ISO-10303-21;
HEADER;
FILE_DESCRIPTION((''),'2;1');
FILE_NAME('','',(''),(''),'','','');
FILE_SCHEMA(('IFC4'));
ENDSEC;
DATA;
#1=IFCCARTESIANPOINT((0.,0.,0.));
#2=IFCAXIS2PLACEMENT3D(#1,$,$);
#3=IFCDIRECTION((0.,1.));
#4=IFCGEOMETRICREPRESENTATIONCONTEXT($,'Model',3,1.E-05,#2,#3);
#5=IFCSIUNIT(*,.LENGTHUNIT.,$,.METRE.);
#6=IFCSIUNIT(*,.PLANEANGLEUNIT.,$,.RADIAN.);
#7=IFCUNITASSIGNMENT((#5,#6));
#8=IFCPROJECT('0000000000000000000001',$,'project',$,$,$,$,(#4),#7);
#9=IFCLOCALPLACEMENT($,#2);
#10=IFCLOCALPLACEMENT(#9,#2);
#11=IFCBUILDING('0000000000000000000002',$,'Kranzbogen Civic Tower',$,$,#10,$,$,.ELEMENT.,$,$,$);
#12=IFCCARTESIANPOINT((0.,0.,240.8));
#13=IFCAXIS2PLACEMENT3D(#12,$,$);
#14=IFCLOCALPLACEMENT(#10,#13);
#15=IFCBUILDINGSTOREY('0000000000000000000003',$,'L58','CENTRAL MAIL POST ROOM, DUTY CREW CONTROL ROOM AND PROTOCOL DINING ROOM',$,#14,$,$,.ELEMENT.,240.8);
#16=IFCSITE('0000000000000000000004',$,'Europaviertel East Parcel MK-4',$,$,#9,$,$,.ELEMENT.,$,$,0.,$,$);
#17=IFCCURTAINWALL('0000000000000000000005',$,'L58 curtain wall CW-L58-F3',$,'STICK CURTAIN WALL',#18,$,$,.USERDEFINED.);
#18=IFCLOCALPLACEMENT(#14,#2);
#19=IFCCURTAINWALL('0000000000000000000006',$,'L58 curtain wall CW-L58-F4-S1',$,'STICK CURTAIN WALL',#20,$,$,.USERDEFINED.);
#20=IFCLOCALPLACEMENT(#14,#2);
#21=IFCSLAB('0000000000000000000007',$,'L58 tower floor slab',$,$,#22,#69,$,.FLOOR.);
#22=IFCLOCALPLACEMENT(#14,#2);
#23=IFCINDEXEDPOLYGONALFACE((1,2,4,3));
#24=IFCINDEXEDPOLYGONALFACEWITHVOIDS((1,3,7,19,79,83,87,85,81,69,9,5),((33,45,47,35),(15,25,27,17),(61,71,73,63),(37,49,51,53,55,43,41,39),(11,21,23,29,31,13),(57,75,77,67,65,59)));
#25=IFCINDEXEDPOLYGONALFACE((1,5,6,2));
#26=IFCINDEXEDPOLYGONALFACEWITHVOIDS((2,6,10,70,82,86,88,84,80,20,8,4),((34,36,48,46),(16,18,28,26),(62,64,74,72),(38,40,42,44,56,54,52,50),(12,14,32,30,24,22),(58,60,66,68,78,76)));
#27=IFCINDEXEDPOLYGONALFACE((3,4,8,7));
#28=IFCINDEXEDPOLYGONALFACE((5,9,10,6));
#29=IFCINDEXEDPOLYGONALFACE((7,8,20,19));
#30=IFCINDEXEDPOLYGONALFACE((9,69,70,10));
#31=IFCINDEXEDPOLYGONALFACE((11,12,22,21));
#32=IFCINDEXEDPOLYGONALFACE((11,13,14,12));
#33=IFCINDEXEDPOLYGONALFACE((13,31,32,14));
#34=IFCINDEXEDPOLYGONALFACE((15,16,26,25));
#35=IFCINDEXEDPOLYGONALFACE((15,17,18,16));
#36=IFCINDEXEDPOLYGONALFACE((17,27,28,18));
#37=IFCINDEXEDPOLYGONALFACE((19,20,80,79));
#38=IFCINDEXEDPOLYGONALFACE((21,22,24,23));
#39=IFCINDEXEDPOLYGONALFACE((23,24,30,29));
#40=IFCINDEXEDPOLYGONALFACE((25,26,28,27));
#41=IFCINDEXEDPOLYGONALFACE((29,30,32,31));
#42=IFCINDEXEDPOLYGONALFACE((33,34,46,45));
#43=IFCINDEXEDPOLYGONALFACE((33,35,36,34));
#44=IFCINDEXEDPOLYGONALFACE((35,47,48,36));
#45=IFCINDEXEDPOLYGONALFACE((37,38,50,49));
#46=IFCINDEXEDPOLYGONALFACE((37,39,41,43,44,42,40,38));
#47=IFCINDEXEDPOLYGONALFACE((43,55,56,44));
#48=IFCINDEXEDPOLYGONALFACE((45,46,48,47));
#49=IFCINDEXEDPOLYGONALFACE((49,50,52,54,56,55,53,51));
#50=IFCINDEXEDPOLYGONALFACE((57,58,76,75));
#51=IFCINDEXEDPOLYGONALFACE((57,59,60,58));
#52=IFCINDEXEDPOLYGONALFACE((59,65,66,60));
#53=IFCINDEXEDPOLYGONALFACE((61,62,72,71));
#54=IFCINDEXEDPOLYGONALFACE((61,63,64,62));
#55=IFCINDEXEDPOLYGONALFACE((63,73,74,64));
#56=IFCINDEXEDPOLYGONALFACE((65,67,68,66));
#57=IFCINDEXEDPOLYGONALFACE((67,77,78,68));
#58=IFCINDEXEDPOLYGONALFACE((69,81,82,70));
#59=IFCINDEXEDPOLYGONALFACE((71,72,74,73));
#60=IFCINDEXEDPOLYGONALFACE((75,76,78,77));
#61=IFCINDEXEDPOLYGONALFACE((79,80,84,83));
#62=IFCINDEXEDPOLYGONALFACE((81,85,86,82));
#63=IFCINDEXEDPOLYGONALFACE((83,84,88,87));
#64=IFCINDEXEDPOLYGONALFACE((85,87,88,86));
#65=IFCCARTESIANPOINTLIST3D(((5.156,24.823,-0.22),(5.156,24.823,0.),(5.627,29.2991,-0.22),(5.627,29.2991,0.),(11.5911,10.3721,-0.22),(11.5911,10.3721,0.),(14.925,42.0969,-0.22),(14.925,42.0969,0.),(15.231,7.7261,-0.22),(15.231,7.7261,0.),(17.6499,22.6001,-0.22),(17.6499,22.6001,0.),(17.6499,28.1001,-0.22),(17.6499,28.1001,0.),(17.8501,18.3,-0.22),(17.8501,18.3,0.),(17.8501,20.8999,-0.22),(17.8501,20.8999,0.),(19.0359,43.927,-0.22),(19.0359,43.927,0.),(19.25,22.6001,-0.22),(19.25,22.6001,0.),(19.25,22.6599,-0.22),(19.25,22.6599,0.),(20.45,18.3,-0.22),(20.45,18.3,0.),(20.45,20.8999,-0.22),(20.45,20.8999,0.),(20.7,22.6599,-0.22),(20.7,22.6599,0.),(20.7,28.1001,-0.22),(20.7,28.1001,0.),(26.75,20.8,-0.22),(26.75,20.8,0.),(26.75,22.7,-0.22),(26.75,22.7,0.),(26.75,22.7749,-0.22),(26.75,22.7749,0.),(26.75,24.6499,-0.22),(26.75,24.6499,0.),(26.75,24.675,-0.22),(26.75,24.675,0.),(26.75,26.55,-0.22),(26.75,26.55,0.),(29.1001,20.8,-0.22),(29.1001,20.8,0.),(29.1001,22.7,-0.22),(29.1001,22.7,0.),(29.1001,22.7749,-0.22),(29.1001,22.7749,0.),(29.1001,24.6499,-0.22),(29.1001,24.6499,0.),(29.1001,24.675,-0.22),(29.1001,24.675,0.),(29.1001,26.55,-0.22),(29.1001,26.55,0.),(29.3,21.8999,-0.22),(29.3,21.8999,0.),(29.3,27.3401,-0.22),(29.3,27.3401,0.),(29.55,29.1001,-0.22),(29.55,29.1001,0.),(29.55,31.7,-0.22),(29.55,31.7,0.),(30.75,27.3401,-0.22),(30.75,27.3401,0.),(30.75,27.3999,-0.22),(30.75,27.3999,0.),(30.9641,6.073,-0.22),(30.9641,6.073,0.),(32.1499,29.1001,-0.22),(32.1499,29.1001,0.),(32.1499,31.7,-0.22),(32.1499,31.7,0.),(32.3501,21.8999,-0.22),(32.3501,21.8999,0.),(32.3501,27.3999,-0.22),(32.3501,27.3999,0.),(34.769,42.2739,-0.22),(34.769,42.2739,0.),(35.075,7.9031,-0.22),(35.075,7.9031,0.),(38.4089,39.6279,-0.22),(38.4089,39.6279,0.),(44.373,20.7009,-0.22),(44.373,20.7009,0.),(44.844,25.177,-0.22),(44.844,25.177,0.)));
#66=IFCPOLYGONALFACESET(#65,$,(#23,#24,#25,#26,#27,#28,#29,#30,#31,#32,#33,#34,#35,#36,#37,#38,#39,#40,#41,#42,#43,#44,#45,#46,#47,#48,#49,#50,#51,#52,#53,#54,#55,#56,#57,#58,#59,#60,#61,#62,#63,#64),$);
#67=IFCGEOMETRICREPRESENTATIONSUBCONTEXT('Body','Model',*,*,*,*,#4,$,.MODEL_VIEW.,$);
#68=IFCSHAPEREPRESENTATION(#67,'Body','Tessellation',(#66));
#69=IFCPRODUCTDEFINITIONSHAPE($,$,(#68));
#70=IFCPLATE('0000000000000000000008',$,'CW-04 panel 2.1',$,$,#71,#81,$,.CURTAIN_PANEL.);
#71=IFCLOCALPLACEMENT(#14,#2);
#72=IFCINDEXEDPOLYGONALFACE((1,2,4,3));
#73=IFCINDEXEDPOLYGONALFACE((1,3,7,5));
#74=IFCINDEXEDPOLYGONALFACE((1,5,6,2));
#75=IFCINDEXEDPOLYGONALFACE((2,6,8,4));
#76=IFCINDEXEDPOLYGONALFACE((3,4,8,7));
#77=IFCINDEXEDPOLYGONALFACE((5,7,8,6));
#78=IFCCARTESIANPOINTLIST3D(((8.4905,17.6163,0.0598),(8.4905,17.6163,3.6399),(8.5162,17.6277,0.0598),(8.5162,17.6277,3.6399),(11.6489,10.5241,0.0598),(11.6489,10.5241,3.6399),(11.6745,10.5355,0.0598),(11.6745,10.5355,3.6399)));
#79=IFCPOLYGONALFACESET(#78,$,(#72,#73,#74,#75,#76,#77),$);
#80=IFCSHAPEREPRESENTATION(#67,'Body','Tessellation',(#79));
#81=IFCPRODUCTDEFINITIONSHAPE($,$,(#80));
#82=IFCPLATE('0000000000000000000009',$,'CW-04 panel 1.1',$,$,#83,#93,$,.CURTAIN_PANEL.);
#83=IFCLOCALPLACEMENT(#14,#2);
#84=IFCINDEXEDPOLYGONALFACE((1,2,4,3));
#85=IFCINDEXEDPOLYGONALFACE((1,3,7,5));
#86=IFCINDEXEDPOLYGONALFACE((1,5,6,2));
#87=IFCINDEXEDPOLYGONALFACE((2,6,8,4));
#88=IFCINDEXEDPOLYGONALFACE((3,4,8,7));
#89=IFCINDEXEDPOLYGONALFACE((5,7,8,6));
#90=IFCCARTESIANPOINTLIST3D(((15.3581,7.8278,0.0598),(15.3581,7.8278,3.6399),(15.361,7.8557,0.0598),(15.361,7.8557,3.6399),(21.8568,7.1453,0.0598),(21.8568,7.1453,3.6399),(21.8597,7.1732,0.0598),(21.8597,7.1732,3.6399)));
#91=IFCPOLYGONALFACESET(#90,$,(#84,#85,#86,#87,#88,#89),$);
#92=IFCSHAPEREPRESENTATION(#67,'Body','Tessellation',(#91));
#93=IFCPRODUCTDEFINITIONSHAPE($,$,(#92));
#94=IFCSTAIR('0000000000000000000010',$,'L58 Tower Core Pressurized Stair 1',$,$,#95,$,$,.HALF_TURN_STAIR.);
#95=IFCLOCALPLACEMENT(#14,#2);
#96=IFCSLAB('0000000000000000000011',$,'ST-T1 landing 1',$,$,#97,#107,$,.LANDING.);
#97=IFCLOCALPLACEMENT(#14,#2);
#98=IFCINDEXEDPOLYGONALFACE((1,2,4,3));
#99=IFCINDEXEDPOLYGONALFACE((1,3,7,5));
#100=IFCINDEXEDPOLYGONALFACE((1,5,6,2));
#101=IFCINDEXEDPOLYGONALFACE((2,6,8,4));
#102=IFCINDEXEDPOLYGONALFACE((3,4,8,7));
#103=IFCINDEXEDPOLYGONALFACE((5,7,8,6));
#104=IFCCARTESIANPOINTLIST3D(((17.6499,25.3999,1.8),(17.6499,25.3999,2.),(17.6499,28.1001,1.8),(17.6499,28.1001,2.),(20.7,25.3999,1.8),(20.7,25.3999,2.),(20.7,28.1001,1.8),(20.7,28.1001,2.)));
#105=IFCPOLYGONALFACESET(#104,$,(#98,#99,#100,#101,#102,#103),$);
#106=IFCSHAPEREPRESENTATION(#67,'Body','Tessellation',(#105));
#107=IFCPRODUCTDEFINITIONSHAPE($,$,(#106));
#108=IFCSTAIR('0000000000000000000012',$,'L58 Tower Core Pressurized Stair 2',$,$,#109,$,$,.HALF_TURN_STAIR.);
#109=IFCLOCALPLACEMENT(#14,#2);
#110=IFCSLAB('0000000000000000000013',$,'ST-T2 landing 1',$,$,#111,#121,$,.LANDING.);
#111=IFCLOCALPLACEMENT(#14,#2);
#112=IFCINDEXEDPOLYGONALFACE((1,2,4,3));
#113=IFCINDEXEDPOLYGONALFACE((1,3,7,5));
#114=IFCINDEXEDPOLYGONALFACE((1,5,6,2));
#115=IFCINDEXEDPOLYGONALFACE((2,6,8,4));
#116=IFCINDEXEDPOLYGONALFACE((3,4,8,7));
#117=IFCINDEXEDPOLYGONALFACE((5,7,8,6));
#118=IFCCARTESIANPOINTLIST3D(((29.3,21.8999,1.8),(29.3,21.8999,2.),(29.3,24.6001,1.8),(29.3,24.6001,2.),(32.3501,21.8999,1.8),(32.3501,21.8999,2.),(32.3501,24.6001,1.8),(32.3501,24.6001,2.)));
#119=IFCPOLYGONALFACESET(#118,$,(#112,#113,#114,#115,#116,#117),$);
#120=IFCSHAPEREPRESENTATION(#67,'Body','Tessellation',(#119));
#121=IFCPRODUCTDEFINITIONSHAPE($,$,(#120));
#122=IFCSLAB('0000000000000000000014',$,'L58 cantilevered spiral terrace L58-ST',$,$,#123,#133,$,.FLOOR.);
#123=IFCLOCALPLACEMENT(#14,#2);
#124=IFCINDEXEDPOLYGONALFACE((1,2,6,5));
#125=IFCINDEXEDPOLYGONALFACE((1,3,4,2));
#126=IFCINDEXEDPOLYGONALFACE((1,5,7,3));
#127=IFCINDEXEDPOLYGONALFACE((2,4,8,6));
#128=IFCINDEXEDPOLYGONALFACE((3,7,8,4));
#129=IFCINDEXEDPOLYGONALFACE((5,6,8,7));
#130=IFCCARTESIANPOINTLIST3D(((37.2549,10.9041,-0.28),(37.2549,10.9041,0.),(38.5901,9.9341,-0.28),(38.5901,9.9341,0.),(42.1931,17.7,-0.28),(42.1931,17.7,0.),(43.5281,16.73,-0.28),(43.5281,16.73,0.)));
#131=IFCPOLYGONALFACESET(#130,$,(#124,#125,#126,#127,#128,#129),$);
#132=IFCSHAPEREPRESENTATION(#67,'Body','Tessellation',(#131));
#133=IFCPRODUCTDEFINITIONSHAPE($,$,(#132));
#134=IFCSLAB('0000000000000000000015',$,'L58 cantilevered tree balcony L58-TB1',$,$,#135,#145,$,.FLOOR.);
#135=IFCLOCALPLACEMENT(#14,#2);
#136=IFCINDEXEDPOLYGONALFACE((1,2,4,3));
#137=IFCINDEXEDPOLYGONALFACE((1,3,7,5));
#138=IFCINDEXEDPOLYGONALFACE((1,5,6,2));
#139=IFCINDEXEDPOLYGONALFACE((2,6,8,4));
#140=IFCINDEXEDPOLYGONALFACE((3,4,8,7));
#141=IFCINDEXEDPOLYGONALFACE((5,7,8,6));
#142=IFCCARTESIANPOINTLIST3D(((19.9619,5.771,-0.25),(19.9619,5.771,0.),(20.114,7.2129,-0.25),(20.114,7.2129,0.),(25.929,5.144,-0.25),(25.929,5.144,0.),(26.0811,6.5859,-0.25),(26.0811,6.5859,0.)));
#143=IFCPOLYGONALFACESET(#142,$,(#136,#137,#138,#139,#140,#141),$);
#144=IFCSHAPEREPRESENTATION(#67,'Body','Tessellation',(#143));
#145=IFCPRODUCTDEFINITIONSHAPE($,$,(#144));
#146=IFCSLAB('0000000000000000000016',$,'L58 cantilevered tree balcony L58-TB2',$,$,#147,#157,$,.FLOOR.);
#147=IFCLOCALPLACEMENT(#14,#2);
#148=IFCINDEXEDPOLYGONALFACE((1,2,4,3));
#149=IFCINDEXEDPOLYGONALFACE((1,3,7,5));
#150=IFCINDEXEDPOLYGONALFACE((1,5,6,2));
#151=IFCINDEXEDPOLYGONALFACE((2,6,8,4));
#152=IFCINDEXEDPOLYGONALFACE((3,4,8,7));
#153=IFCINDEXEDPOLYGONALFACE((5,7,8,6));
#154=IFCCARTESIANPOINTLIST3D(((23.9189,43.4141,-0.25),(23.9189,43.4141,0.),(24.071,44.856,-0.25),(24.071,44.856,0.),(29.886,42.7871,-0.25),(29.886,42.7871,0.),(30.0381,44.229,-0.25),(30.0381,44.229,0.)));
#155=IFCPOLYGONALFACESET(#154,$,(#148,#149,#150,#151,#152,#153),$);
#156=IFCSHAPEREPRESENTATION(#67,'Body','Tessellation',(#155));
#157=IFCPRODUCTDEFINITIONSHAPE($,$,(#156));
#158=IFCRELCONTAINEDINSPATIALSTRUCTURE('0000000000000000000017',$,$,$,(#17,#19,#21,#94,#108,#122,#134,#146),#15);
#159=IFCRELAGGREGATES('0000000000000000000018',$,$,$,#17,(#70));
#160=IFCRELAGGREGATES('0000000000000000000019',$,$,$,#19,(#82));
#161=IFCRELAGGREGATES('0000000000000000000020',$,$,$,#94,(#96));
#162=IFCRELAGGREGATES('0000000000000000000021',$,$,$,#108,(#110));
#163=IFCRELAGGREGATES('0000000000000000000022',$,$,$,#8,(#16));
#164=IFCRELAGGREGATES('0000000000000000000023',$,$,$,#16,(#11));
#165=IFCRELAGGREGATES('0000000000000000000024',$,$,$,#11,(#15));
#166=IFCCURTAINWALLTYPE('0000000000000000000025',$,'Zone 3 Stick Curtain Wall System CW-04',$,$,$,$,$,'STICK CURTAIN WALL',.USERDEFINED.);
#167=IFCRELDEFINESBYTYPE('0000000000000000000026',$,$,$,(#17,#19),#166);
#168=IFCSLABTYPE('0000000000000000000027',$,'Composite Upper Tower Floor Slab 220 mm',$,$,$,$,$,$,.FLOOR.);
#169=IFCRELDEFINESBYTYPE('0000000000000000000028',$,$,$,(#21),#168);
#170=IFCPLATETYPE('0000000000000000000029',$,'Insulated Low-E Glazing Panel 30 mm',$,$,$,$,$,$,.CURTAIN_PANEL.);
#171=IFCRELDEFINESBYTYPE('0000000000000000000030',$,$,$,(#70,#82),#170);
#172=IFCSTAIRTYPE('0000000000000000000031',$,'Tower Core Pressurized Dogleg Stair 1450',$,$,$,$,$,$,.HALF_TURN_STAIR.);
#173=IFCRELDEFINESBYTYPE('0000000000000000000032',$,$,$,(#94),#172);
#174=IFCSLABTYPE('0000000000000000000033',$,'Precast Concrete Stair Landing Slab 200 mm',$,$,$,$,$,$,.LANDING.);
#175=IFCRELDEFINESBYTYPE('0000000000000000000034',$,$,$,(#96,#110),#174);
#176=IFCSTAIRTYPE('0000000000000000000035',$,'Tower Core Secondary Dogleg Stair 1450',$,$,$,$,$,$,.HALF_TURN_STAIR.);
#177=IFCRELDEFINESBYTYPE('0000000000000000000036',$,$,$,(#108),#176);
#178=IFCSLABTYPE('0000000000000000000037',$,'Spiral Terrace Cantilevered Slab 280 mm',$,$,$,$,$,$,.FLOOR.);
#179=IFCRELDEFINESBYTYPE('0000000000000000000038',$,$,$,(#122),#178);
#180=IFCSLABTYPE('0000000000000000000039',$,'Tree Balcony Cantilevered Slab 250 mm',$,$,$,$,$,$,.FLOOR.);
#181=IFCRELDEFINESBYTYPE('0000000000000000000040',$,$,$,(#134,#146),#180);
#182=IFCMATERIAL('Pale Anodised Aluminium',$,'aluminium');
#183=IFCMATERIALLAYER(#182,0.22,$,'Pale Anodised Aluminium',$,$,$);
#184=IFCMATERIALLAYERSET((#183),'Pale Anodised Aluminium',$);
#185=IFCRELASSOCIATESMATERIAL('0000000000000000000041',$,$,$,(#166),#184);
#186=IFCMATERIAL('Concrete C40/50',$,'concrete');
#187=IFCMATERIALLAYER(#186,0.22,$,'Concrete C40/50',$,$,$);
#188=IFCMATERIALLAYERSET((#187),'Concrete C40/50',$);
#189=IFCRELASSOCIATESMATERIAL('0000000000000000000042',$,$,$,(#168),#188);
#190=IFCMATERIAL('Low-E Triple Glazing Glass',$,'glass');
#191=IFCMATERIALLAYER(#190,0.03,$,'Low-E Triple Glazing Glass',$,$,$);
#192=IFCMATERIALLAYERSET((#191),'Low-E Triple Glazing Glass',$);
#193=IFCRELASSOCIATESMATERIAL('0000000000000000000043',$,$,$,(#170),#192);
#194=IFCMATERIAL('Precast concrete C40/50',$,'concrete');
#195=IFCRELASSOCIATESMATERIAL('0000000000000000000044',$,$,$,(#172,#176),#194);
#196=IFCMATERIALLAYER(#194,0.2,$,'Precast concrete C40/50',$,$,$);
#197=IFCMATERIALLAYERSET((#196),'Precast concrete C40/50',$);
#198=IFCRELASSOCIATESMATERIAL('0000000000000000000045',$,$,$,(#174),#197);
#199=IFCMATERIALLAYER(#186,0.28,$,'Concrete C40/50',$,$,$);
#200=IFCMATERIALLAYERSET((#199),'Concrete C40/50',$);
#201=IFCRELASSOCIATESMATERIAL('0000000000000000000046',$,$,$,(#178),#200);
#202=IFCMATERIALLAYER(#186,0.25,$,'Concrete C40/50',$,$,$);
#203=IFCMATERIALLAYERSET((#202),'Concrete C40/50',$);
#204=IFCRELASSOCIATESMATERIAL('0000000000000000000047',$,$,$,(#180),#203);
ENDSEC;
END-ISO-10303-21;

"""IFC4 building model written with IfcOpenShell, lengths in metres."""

from ifc_helpers import new_model, si_unit, direction, frame, origin, origin_2d, place, context, subcontext, project, spatial, polyline, rectangle, outline, extrude, material, layer, layer_set, type_object, element, aggregate, save


model = new_model("IFC4")

# Units and contexts
model_context = context("Model", 3, precision=1e-05, world=origin(), true_north=direction((0.0, 1.0)))
body_context = subcontext(model_context, "Body", "Model", "MODEL_VIEW")
ifc_project = project(units=[si_unit("LENGTHUNIT", "METRE"), si_unit("PLANEANGLEUNIT", "RADIAN")], contexts=[model_context])

# Site, building, storey
site_placement = place(None, origin())
site = spatial("IfcSite", under=ifc_project, at=site_placement, Name="Europaviertel East Parcel MK-4", CompositionType="ELEMENT", RefElevation=0.0)
building_placement = place(site_placement, origin())
building = spatial("IfcBuilding", under=site, at=building_placement, Name="Kranzbogen Civic Tower", CompositionType="ELEMENT")
storey_placement = place(building_placement, frame((0.0, 0.0, 240.8)))
storey = spatial("IfcBuildingStorey", under=building, at=storey_placement, Name="L58", Description="CENTRAL MAIL POST ROOM, DUTY CREW CONTROL ROOM AND PROTOCOL DINING ROOM", CompositionType="ELEMENT", Elevation=240.8)

# Curtain wall
ifc_material_1 = material(Name="Pale Anodised Aluminium", Category="aluminium")
ifc_layer_1 = layer(ifc_material_1, 0.22, Name="Pale Anodised Aluminium")
ifc_layer_set_1 = layer_set([ifc_layer_1], Name="Pale Anodised Aluminium")
curtain_wall_type = type_object("IfcCurtainWallType", Name="Zone 3 Stick Curtain Wall System CW-04", ElementType="STICK CURTAIN WALL", PredefinedType="USERDEFINED", material=ifc_layer_set_1)
curtain_wall_1_placement = place(storey_placement, origin())
curtain_wall_1 = element("IfcCurtainWall", 1, at=curtain_wall_1_placement, inside=storey, type_object=curtain_wall_type, Name="L58 curtain wall CW-L58-F3", ObjectType="STICK CURTAIN WALL", PredefinedType="USERDEFINED")

# Curtain wall
curtain_wall_2_placement = place(storey_placement, origin())
curtain_wall_2 = element("IfcCurtainWall", 2, at=curtain_wall_2_placement, inside=storey, type_object=curtain_wall_type, Name="L58 curtain wall CW-L58-F4-S1", ObjectType="STICK CURTAIN WALL", PredefinedType="USERDEFINED")

# Slab
ifc_material_2 = material(Name="Concrete C40/50", Category="concrete")
ifc_layer_2 = layer(ifc_material_2, 0.22, Name="Concrete C40/50")
ifc_layer_set_2 = layer_set([ifc_layer_2], Name="Concrete C40/50")
slab_type_1 = type_object("IfcSlabType", Name="Composite Upper Tower Floor Slab 220 mm", PredefinedType="FLOOR", material=ifc_layer_set_2)
slab_1_placement = place(storey_placement, frame((0.0, 0.0, -0.22)))
element("IfcSlab", 3, at=slab_1_placement, inside=storey, type_object=slab_type_1, Name="L58 tower floor slab", PredefinedType="FLOOR", context=body_context, shape_type="SweptSolid", body=[
    extrude(outline(polyline([(34.769, 42.2739), (19.0359, 43.927), (14.925, 42.0969), (5.627, 29.2991), (5.156, 24.823), (11.5911, 10.3721), (15.231, 7.7261), (30.9641, 6.073), (35.075, 7.9031), (44.373, 20.7009), (44.844, 25.177), (38.4089, 39.6279), (34.769, 42.2739)]), holes=[polyline([(17.8501, 20.8999), (20.45, 20.8999), (20.45, 18.3), (17.8501, 18.3), (17.8501, 20.8999)]), polyline([(29.1001, 22.7), (29.1001, 20.8), (26.75, 20.8), (26.75, 22.7), (29.1001, 22.7)]), polyline([(29.1001, 24.6499), (29.1001, 22.7749), (26.75, 22.7749), (26.75, 24.6499), (26.75, 24.675), (26.75, 26.55), (29.1001, 26.55), (29.1001, 24.675), (29.1001, 24.6499)]), polyline([(29.3, 27.3401), (30.75, 27.3401), (30.75, 27.3999), (32.3501, 27.3999), (32.3501, 21.8999), (29.3, 21.8999), (29.3, 27.3401)]), polyline([(20.7, 22.6599), (19.25, 22.6599), (19.25, 22.6001), (17.6499, 22.6001), (17.6499, 28.1001), (20.7, 28.1001), (20.7, 22.6599)]), polyline([(32.1499, 31.7), (32.1499, 29.1001), (29.55, 29.1001), (29.55, 31.7), (32.1499, 31.7)])]), origin(), (0.0, 0.0, 1.0), 0.22),
])

# Plates
ifc_material_3 = material(Name="Low-E Triple Glazing Glass", Category="glass")
ifc_layer_3 = layer(ifc_material_3, 0.03, Name="Low-E Triple Glazing Glass")
ifc_layer_set_3 = layer_set([ifc_layer_3], Name="Low-E Triple Glazing Glass")
plate_type = type_object("IfcPlateType", Name="Insulated Low-E Glazing Panel 30 mm", PredefinedType="CURTAIN_PANEL", material=ifc_layer_set_3)
plate_1_placement = place(storey_placement, frame((10.0825, 14.0759, 0.0598), z_axis=(0.0, 0.0, 1.0), x_axis=(0.406812, -0.913512, 0.0)))
plate_1 = element("IfcPlate", 4, at=plate_1_placement, type_object=plate_type, Name="CW-04 panel 2.1", PredefinedType="CURTAIN_PANEL", context=body_context, shape_type="SweptSolid", body=[
    extrude(rectangle(XDim=7.7637, YDim=0.0281, at=origin_2d()), origin(), (0.0, 0.0, 1.0), 3.5801),
])
aggregate(curtain_wall_1, [plate_1])
plate_2_placement = place(storey_placement, frame((18.6089, 7.5005, 0.0598), z_axis=(0.0, 0.0, 1.0), x_axis=(0.994531, -0.104442, 0.0)))
plate_2 = element("IfcPlate", 5, at=plate_2_placement, type_object=plate_type, Name="CW-04 panel 1.1", PredefinedType="CURTAIN_PANEL", context=body_context, shape_type="SweptSolid", body=[
    extrude(rectangle(XDim=6.5344, YDim=0.0281, at=origin_2d()), origin(), (0.0, 0.0, 1.0), 3.5801),
])
aggregate(curtain_wall_2, [plate_2])

# Stairs, slabs
ifc_material_4 = material(Name="Precast concrete C40/50", Category="concrete")
stair_type_1 = type_object("IfcStairType", Name="Tower Core Pressurized Dogleg Stair 1450", PredefinedType="HALF_TURN_STAIR", material=ifc_material_4)
stair_1_placement = place(storey_placement, origin())
stair_1 = element("IfcStair", 6, at=stair_1_placement, inside=storey, type_object=stair_type_1, Name="L58 Tower Core Pressurized Stair 1", PredefinedType="HALF_TURN_STAIR")
ifc_layer_4 = layer(ifc_material_4, 0.2, Name="Precast concrete C40/50")
ifc_layer_set_4 = layer_set([ifc_layer_4], Name="Precast concrete C40/50")
slab_type_2 = type_object("IfcSlabType", Name="Precast Concrete Stair Landing Slab 200 mm", PredefinedType="LANDING", material=ifc_layer_set_4)
slab_2_placement = place(storey_placement, frame((0.0, 0.0, 1.8)))
slab_2 = element("IfcSlab", 7, at=slab_2_placement, type_object=slab_type_2, Name="ST-T1 landing 1", PredefinedType="LANDING", context=body_context, shape_type="SweptSolid", body=[
    extrude(outline(polyline([(20.7, 25.3999), (20.7, 28.1001), (17.6499, 28.1001), (17.6499, 25.3999), (20.7, 25.3999)])), origin(), (0.0, 0.0, 1.0), 0.2),
])
aggregate(stair_1, [slab_2])
stair_type_2 = type_object("IfcStairType", Name="Tower Core Secondary Dogleg Stair 1450", PredefinedType="HALF_TURN_STAIR", material=ifc_material_4)
stair_2_placement = place(storey_placement, origin())
stair_2 = element("IfcStair", 8, at=stair_2_placement, inside=storey, type_object=stair_type_2, Name="L58 Tower Core Pressurized Stair 2", PredefinedType="HALF_TURN_STAIR")
slab_3_placement = place(storey_placement, frame((0.0, 0.0, 1.8)))
slab_3 = element("IfcSlab", 9, at=slab_3_placement, type_object=slab_type_2, Name="ST-T2 landing 1", PredefinedType="LANDING", context=body_context, shape_type="SweptSolid", body=[
    extrude(outline(polyline([(29.3, 24.6001), (29.3, 21.8999), (32.3501, 21.8999), (32.3501, 24.6001), (29.3, 24.6001)])), origin(), (0.0, 0.0, 1.0), 0.2),
])
aggregate(stair_2, [slab_3])

# Slabs
ifc_layer_5 = layer(ifc_material_2, 0.28, Name="Concrete C40/50")
ifc_layer_set_5 = layer_set([ifc_layer_5], Name="Concrete C40/50")
slab_type_3 = type_object("IfcSlabType", Name="Spiral Terrace Cantilevered Slab 280 mm", PredefinedType="FLOOR", material=ifc_layer_set_5)
slab_4_placement = place(storey_placement, frame((0.0, 0.0, -0.28)))
element("IfcSlab", 10, at=slab_4_placement, inside=storey, type_object=slab_type_3, Name="L58 cantilevered spiral terrace L58-ST", PredefinedType="FLOOR", context=body_context, shape_type="SweptSolid", body=[
    extrude(outline(polyline([(37.2549, 10.9041), (42.1931, 17.7), (43.5281, 16.73), (38.5901, 9.9341), (37.2549, 10.9041)])), origin(), (0.0, 0.0, 1.0), 0.28),
])
ifc_layer_6 = layer(ifc_material_2, 0.25, Name="Concrete C40/50")
ifc_layer_set_6 = layer_set([ifc_layer_6], Name="Concrete C40/50")
slab_type_4 = type_object("IfcSlabType", Name="Tree Balcony Cantilevered Slab 250 mm", PredefinedType="FLOOR", material=ifc_layer_set_6)
slab_5_placement = place(storey_placement, frame((0.0, 0.0, -0.25)))
element("IfcSlab", 11, at=slab_5_placement, inside=storey, type_object=slab_type_4, Name="L58 cantilevered tree balcony L58-TB1", PredefinedType="FLOOR", context=body_context, shape_type="SweptSolid", body=[
    extrude(outline(polyline([(20.114, 7.2129), (26.0811, 6.5859), (25.929, 5.144), (19.9619, 5.771), (20.114, 7.2129)])), origin(), (0.0, 0.0, 1.0), 0.25),
])
slab_6_placement = place(storey_placement, frame((0.0, 0.0, -0.25)))
element("IfcSlab", 12, at=slab_6_placement, inside=storey, type_object=slab_type_4, Name="L58 cantilevered tree balcony L58-TB2", PredefinedType="FLOOR", context=body_context, shape_type="SweptSolid", body=[
    extrude(outline(polyline([(29.886, 42.7871), (23.9189, 43.4141), (24.071, 44.856), (30.0381, 44.229), (29.886, 42.7871)])), origin(), (0.0, 0.0, 1.0), 0.25),
])

save(model, "model.ifc")
